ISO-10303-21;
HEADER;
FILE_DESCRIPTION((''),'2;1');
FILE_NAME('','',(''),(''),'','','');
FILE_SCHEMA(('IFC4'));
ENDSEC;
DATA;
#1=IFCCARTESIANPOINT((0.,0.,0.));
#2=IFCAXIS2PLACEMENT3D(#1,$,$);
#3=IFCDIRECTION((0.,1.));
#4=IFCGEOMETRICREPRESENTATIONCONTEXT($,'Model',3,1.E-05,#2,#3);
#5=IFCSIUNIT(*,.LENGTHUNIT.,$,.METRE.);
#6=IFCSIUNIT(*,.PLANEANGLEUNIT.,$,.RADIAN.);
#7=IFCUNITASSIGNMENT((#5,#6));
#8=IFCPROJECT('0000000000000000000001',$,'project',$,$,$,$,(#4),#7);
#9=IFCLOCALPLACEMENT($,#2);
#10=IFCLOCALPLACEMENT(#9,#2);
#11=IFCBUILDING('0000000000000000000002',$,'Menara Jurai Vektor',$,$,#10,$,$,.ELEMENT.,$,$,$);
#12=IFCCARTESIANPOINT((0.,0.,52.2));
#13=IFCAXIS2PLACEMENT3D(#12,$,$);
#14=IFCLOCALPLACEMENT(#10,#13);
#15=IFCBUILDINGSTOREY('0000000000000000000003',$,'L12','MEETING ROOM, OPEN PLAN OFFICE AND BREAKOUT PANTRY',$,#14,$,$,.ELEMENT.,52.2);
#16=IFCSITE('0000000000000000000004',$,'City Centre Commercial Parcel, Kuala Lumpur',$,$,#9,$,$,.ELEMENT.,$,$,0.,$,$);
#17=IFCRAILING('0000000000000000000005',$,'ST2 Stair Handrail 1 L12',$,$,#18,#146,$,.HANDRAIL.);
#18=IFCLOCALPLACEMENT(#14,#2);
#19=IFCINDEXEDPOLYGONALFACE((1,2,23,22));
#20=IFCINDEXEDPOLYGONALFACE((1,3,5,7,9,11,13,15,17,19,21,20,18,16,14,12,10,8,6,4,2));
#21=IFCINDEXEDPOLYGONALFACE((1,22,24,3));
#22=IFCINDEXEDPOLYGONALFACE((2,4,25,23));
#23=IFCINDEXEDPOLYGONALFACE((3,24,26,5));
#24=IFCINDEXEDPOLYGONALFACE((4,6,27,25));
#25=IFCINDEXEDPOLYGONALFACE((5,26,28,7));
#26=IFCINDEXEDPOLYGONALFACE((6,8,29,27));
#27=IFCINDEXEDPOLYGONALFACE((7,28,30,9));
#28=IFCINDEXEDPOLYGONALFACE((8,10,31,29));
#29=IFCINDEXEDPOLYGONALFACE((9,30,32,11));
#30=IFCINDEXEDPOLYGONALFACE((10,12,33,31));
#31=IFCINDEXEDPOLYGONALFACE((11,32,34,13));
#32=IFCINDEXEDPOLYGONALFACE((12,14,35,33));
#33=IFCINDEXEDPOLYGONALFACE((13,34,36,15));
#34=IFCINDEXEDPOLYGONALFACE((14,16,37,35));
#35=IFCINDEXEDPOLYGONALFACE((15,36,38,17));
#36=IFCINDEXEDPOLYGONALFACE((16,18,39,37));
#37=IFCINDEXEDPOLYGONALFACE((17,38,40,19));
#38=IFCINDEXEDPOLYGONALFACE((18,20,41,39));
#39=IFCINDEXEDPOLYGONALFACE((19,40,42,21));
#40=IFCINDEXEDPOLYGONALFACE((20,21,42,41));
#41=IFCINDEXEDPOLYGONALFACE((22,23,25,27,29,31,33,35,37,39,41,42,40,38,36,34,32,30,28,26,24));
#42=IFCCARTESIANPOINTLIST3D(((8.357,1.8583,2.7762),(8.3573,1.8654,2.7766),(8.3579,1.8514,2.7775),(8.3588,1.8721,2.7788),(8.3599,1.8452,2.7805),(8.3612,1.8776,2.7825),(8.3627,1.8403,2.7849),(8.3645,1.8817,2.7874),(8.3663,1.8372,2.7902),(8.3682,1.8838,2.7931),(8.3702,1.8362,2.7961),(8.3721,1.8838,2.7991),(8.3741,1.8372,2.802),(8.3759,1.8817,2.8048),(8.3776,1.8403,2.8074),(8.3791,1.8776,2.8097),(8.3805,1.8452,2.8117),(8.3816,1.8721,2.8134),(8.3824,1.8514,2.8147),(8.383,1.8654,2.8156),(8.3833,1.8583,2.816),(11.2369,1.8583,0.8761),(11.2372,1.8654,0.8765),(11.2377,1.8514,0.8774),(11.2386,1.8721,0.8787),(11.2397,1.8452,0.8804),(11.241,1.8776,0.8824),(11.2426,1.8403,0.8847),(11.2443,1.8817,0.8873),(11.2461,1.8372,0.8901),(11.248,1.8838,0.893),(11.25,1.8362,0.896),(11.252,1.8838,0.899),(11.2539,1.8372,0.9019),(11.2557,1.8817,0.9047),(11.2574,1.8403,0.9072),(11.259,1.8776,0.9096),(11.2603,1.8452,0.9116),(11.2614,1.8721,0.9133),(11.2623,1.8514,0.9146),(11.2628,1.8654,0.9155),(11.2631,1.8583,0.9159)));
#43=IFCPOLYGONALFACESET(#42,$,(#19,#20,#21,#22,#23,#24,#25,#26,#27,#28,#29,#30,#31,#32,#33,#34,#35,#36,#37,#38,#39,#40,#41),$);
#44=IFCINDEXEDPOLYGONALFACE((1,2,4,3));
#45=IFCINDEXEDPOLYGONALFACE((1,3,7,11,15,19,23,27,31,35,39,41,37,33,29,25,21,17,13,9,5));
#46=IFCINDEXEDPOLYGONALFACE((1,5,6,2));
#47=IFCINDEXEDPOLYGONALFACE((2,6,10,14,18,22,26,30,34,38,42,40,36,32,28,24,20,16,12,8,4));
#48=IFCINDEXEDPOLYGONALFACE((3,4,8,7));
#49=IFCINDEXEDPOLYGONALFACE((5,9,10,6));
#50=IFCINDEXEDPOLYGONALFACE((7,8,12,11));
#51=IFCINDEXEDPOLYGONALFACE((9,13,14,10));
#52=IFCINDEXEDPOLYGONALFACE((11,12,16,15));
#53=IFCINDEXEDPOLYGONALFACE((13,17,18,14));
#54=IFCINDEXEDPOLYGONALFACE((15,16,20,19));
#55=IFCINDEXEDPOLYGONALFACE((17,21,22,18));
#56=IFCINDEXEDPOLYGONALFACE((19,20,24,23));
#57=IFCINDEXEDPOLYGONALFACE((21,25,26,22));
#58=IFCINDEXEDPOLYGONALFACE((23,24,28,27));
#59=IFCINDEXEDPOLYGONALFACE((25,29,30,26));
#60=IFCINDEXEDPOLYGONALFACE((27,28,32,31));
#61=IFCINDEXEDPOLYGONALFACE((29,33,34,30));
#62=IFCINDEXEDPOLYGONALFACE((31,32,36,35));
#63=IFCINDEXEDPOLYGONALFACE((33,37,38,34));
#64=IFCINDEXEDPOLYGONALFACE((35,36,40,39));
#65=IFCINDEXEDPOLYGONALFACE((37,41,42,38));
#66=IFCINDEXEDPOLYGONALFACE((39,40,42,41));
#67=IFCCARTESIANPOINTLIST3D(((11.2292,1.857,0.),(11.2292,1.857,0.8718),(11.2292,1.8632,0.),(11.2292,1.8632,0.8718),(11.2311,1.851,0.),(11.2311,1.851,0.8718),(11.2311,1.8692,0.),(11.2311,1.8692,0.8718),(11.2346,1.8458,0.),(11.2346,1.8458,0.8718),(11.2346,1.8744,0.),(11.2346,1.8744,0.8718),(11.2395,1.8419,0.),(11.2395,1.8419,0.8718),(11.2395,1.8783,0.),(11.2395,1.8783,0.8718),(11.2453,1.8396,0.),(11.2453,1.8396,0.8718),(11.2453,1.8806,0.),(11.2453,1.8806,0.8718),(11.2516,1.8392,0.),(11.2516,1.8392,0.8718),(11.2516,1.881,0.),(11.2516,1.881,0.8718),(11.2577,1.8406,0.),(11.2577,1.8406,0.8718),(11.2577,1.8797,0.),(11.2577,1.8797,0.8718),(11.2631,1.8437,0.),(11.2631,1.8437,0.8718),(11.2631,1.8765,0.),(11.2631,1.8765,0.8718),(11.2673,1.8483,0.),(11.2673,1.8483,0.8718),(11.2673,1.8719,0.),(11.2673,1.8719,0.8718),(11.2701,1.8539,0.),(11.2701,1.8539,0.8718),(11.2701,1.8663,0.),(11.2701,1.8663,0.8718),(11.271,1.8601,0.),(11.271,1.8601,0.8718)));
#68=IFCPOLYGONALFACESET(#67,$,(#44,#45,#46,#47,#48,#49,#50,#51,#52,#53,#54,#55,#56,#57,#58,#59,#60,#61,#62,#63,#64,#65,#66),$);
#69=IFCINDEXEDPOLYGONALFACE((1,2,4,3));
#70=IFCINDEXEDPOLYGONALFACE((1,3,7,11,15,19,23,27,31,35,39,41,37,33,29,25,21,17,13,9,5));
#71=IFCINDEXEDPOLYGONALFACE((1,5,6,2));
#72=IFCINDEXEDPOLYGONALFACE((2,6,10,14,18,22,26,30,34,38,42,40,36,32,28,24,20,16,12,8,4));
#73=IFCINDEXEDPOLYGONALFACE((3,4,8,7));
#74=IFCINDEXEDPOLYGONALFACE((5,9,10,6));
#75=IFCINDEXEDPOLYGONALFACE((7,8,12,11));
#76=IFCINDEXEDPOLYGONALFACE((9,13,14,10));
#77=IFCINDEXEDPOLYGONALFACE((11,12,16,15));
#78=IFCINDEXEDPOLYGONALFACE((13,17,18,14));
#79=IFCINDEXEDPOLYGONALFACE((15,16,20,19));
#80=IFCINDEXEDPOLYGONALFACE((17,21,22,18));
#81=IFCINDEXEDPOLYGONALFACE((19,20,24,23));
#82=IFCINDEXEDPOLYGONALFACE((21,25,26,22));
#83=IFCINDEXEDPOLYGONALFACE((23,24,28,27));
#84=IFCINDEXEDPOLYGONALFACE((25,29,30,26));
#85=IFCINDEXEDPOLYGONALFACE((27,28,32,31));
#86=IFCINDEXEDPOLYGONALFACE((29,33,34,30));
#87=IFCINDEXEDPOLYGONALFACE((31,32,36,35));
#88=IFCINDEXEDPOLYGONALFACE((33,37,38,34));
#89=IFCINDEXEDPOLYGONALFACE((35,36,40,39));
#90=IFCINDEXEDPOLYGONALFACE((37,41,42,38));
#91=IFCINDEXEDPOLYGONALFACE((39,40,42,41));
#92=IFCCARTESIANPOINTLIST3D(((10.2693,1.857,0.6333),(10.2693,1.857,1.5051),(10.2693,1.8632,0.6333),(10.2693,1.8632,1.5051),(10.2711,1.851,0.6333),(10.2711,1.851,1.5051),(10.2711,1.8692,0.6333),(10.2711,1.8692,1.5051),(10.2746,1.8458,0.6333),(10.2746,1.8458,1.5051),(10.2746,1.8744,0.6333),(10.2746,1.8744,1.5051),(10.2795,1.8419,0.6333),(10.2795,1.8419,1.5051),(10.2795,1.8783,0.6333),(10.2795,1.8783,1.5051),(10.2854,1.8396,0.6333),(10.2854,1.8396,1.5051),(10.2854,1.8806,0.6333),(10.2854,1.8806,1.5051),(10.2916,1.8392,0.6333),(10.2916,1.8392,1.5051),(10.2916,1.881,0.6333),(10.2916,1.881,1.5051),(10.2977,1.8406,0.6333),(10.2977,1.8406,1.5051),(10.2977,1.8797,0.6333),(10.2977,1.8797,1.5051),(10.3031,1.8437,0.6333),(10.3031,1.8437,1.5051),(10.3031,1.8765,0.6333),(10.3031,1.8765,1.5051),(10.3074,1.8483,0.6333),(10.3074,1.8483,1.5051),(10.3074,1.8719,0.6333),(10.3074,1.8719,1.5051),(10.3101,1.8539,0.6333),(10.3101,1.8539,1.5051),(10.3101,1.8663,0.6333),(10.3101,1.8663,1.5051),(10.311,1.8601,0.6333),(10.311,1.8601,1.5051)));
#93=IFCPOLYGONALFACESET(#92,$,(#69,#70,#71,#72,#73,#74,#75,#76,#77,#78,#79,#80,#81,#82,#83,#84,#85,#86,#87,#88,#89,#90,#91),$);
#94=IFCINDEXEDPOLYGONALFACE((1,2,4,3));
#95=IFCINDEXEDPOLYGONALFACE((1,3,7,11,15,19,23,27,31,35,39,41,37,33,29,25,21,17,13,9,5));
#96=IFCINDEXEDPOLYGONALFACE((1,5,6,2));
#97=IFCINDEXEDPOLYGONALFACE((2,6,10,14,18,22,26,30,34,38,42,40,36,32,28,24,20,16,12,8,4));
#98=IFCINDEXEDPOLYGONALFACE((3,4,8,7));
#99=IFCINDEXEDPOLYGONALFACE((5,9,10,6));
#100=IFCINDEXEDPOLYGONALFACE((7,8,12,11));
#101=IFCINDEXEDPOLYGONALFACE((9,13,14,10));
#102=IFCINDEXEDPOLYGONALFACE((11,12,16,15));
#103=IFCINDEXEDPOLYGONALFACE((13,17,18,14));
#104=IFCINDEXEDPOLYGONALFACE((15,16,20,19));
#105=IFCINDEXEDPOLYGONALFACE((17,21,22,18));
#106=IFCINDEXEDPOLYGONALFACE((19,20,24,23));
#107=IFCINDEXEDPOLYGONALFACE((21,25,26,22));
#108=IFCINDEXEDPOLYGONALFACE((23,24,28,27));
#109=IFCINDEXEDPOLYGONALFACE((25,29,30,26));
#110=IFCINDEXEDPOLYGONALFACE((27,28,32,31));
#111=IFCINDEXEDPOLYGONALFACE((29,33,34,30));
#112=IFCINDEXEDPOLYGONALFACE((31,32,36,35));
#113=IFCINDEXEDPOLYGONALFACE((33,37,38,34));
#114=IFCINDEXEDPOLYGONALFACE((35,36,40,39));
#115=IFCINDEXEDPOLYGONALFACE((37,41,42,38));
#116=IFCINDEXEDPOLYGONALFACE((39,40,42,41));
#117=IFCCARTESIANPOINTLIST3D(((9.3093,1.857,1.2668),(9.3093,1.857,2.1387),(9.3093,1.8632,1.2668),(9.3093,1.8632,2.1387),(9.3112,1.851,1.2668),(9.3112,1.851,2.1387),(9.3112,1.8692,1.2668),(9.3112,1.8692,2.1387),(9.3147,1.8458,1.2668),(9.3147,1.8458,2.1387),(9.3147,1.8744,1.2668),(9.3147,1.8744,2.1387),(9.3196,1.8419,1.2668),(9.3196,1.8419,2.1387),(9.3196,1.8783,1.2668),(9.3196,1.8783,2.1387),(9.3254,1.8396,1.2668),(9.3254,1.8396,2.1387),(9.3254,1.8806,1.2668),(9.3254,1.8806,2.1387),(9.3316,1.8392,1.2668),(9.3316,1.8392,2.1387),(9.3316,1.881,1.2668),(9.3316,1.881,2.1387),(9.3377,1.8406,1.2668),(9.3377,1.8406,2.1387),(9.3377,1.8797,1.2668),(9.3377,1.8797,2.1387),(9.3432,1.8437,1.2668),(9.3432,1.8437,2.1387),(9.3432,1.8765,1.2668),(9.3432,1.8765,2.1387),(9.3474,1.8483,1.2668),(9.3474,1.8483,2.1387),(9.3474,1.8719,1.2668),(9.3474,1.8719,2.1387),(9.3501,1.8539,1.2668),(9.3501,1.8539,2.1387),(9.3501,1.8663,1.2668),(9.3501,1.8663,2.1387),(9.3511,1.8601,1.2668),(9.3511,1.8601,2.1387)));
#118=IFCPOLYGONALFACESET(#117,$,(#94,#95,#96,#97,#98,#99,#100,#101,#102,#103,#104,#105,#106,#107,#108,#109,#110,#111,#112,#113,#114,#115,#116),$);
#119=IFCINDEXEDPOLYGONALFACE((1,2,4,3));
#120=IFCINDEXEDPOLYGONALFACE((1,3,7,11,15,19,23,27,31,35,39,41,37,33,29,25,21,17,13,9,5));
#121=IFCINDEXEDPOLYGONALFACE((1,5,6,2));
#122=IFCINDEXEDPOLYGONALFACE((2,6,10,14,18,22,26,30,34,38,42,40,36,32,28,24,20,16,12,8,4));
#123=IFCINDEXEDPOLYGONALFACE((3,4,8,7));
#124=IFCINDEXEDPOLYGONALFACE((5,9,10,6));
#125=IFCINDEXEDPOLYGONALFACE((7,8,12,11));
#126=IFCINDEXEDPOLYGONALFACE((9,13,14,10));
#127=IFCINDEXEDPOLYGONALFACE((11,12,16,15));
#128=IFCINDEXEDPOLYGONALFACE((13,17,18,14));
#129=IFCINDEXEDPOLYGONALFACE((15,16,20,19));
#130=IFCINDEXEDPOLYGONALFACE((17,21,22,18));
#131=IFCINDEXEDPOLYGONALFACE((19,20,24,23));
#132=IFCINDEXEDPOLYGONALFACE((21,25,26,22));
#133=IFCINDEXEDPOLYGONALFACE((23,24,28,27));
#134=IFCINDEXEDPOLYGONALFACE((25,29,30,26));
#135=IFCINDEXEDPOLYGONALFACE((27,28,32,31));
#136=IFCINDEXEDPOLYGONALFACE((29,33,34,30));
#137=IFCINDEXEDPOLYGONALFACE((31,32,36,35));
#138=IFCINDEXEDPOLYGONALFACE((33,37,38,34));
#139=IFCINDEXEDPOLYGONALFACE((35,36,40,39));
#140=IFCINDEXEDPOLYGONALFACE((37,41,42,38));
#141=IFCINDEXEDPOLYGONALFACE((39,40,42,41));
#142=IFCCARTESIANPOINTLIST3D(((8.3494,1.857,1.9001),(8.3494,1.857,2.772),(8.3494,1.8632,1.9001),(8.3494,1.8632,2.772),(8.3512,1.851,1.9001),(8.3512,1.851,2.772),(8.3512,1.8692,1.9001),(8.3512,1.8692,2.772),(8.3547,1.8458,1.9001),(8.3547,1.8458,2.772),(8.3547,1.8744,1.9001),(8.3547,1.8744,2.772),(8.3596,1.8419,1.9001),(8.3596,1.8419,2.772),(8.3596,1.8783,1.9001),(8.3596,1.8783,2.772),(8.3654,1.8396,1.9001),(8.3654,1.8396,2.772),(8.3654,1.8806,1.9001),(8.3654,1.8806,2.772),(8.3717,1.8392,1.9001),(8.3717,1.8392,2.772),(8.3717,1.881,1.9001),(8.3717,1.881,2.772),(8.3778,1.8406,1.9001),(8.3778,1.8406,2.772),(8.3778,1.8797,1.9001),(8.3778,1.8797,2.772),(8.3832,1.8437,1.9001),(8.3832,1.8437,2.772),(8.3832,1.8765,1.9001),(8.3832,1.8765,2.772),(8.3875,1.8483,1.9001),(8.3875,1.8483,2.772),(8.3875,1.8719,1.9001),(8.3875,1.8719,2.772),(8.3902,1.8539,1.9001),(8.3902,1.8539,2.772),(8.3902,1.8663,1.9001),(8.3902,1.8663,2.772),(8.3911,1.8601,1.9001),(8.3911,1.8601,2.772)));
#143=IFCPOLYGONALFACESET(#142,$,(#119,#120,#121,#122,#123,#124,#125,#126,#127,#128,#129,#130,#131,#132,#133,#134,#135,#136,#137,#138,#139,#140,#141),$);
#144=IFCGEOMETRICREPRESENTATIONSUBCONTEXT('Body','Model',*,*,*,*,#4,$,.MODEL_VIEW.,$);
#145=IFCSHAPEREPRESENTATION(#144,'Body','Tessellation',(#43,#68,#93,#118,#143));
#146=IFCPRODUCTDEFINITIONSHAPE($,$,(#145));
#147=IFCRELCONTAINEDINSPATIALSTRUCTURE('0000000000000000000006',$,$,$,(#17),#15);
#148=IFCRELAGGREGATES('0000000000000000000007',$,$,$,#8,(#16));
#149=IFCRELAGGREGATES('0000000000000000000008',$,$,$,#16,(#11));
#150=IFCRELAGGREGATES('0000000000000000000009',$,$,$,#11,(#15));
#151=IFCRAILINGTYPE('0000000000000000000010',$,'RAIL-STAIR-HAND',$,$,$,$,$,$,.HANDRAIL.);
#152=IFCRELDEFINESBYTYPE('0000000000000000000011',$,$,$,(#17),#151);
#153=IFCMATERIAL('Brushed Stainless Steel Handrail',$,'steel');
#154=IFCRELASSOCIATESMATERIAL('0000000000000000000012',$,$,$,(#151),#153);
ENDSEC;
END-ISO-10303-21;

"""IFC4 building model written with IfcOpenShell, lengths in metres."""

from ifc_helpers import new_model, si_unit, direction, frame, origin, origin_2d, place, context, subcontext, project, spatial, circle, extrude, material, type_object, element, save


model = new_model("IFC4")

# Units and contexts
model_context = context("Model", 3, precision=1e-05, world=origin(), true_north=direction((0.0, 1.0)))
body_context = subcontext(model_context, "Body", "Model", "MODEL_VIEW")
ifc_project = project(units=[si_unit("LENGTHUNIT", "METRE"), si_unit("PLANEANGLEUNIT", "RADIAN")], contexts=[model_context])

# Site, building, storey
site_placement = place(None, origin())
site = spatial("IfcSite", under=ifc_project, at=site_placement, Name="City Centre Commercial Parcel, Kuala Lumpur", CompositionType="ELEMENT", RefElevation=0.0)
building_placement = place(site_placement, origin())
building = spatial("IfcBuilding", under=site, at=building_placement, Name="Menara Jurai Vektor", CompositionType="ELEMENT")
storey_placement = place(building_placement, frame((0.0, 0.0, 52.2)))
storey = spatial("IfcBuildingStorey", under=building, at=storey_placement, Name="L12", Description="MEETING ROOM, OPEN PLAN OFFICE AND BREAKOUT PANTRY", CompositionType="ELEMENT", Elevation=52.2)

# Railing
ifc_material_1 = material(Name="Brushed Stainless Steel Handrail", Category="steel")
railing_type_1 = type_object("IfcRailingType", Name="RAIL-STAIR-HAND", PredefinedType="HANDRAIL", material=ifc_material_1)
railing_1_placement = place(storey_placement, frame((11.25, 1.8601, 0.0)))
element("IfcRailing", 1, at=railing_1_placement, inside=storey, type_object=railing_type_1, Name="ST2 Stair Handrail 1 L12", PredefinedType="HANDRAIL", context=body_context, shape_type="SweptSolid", body=[
    extrude(circle(Radius=0.0239, at=origin_2d()), frame((0.0, 0.0, 0.896), z_axis=(-0.834686, 0.0, 0.550726), x_axis=(0.0, -1.0, 0.0)), (0.0, 0.0, 1.0), 3.4502),
    extrude(circle(Radius=0.021, at=origin_2d()), origin(), (0.0, 0.0, 1.0), 0.8718),
    extrude(circle(Radius=0.021, at=origin_2d()), frame((-0.96, 0.0, 0.6333)), (0.0, 0.0, 1.0), 0.8718),
    extrude(circle(Radius=0.021, at=origin_2d()), frame((-1.9199, 0.0, 1.2668)), (0.0, 0.0, 1.0), 0.8718),
    extrude(circle(Radius=0.021, at=origin_2d()), frame((-2.8799, 0.0, 1.9001)), (0.0, 0.0, 1.0), 0.8718),
])

save(model, "model.ifc")
